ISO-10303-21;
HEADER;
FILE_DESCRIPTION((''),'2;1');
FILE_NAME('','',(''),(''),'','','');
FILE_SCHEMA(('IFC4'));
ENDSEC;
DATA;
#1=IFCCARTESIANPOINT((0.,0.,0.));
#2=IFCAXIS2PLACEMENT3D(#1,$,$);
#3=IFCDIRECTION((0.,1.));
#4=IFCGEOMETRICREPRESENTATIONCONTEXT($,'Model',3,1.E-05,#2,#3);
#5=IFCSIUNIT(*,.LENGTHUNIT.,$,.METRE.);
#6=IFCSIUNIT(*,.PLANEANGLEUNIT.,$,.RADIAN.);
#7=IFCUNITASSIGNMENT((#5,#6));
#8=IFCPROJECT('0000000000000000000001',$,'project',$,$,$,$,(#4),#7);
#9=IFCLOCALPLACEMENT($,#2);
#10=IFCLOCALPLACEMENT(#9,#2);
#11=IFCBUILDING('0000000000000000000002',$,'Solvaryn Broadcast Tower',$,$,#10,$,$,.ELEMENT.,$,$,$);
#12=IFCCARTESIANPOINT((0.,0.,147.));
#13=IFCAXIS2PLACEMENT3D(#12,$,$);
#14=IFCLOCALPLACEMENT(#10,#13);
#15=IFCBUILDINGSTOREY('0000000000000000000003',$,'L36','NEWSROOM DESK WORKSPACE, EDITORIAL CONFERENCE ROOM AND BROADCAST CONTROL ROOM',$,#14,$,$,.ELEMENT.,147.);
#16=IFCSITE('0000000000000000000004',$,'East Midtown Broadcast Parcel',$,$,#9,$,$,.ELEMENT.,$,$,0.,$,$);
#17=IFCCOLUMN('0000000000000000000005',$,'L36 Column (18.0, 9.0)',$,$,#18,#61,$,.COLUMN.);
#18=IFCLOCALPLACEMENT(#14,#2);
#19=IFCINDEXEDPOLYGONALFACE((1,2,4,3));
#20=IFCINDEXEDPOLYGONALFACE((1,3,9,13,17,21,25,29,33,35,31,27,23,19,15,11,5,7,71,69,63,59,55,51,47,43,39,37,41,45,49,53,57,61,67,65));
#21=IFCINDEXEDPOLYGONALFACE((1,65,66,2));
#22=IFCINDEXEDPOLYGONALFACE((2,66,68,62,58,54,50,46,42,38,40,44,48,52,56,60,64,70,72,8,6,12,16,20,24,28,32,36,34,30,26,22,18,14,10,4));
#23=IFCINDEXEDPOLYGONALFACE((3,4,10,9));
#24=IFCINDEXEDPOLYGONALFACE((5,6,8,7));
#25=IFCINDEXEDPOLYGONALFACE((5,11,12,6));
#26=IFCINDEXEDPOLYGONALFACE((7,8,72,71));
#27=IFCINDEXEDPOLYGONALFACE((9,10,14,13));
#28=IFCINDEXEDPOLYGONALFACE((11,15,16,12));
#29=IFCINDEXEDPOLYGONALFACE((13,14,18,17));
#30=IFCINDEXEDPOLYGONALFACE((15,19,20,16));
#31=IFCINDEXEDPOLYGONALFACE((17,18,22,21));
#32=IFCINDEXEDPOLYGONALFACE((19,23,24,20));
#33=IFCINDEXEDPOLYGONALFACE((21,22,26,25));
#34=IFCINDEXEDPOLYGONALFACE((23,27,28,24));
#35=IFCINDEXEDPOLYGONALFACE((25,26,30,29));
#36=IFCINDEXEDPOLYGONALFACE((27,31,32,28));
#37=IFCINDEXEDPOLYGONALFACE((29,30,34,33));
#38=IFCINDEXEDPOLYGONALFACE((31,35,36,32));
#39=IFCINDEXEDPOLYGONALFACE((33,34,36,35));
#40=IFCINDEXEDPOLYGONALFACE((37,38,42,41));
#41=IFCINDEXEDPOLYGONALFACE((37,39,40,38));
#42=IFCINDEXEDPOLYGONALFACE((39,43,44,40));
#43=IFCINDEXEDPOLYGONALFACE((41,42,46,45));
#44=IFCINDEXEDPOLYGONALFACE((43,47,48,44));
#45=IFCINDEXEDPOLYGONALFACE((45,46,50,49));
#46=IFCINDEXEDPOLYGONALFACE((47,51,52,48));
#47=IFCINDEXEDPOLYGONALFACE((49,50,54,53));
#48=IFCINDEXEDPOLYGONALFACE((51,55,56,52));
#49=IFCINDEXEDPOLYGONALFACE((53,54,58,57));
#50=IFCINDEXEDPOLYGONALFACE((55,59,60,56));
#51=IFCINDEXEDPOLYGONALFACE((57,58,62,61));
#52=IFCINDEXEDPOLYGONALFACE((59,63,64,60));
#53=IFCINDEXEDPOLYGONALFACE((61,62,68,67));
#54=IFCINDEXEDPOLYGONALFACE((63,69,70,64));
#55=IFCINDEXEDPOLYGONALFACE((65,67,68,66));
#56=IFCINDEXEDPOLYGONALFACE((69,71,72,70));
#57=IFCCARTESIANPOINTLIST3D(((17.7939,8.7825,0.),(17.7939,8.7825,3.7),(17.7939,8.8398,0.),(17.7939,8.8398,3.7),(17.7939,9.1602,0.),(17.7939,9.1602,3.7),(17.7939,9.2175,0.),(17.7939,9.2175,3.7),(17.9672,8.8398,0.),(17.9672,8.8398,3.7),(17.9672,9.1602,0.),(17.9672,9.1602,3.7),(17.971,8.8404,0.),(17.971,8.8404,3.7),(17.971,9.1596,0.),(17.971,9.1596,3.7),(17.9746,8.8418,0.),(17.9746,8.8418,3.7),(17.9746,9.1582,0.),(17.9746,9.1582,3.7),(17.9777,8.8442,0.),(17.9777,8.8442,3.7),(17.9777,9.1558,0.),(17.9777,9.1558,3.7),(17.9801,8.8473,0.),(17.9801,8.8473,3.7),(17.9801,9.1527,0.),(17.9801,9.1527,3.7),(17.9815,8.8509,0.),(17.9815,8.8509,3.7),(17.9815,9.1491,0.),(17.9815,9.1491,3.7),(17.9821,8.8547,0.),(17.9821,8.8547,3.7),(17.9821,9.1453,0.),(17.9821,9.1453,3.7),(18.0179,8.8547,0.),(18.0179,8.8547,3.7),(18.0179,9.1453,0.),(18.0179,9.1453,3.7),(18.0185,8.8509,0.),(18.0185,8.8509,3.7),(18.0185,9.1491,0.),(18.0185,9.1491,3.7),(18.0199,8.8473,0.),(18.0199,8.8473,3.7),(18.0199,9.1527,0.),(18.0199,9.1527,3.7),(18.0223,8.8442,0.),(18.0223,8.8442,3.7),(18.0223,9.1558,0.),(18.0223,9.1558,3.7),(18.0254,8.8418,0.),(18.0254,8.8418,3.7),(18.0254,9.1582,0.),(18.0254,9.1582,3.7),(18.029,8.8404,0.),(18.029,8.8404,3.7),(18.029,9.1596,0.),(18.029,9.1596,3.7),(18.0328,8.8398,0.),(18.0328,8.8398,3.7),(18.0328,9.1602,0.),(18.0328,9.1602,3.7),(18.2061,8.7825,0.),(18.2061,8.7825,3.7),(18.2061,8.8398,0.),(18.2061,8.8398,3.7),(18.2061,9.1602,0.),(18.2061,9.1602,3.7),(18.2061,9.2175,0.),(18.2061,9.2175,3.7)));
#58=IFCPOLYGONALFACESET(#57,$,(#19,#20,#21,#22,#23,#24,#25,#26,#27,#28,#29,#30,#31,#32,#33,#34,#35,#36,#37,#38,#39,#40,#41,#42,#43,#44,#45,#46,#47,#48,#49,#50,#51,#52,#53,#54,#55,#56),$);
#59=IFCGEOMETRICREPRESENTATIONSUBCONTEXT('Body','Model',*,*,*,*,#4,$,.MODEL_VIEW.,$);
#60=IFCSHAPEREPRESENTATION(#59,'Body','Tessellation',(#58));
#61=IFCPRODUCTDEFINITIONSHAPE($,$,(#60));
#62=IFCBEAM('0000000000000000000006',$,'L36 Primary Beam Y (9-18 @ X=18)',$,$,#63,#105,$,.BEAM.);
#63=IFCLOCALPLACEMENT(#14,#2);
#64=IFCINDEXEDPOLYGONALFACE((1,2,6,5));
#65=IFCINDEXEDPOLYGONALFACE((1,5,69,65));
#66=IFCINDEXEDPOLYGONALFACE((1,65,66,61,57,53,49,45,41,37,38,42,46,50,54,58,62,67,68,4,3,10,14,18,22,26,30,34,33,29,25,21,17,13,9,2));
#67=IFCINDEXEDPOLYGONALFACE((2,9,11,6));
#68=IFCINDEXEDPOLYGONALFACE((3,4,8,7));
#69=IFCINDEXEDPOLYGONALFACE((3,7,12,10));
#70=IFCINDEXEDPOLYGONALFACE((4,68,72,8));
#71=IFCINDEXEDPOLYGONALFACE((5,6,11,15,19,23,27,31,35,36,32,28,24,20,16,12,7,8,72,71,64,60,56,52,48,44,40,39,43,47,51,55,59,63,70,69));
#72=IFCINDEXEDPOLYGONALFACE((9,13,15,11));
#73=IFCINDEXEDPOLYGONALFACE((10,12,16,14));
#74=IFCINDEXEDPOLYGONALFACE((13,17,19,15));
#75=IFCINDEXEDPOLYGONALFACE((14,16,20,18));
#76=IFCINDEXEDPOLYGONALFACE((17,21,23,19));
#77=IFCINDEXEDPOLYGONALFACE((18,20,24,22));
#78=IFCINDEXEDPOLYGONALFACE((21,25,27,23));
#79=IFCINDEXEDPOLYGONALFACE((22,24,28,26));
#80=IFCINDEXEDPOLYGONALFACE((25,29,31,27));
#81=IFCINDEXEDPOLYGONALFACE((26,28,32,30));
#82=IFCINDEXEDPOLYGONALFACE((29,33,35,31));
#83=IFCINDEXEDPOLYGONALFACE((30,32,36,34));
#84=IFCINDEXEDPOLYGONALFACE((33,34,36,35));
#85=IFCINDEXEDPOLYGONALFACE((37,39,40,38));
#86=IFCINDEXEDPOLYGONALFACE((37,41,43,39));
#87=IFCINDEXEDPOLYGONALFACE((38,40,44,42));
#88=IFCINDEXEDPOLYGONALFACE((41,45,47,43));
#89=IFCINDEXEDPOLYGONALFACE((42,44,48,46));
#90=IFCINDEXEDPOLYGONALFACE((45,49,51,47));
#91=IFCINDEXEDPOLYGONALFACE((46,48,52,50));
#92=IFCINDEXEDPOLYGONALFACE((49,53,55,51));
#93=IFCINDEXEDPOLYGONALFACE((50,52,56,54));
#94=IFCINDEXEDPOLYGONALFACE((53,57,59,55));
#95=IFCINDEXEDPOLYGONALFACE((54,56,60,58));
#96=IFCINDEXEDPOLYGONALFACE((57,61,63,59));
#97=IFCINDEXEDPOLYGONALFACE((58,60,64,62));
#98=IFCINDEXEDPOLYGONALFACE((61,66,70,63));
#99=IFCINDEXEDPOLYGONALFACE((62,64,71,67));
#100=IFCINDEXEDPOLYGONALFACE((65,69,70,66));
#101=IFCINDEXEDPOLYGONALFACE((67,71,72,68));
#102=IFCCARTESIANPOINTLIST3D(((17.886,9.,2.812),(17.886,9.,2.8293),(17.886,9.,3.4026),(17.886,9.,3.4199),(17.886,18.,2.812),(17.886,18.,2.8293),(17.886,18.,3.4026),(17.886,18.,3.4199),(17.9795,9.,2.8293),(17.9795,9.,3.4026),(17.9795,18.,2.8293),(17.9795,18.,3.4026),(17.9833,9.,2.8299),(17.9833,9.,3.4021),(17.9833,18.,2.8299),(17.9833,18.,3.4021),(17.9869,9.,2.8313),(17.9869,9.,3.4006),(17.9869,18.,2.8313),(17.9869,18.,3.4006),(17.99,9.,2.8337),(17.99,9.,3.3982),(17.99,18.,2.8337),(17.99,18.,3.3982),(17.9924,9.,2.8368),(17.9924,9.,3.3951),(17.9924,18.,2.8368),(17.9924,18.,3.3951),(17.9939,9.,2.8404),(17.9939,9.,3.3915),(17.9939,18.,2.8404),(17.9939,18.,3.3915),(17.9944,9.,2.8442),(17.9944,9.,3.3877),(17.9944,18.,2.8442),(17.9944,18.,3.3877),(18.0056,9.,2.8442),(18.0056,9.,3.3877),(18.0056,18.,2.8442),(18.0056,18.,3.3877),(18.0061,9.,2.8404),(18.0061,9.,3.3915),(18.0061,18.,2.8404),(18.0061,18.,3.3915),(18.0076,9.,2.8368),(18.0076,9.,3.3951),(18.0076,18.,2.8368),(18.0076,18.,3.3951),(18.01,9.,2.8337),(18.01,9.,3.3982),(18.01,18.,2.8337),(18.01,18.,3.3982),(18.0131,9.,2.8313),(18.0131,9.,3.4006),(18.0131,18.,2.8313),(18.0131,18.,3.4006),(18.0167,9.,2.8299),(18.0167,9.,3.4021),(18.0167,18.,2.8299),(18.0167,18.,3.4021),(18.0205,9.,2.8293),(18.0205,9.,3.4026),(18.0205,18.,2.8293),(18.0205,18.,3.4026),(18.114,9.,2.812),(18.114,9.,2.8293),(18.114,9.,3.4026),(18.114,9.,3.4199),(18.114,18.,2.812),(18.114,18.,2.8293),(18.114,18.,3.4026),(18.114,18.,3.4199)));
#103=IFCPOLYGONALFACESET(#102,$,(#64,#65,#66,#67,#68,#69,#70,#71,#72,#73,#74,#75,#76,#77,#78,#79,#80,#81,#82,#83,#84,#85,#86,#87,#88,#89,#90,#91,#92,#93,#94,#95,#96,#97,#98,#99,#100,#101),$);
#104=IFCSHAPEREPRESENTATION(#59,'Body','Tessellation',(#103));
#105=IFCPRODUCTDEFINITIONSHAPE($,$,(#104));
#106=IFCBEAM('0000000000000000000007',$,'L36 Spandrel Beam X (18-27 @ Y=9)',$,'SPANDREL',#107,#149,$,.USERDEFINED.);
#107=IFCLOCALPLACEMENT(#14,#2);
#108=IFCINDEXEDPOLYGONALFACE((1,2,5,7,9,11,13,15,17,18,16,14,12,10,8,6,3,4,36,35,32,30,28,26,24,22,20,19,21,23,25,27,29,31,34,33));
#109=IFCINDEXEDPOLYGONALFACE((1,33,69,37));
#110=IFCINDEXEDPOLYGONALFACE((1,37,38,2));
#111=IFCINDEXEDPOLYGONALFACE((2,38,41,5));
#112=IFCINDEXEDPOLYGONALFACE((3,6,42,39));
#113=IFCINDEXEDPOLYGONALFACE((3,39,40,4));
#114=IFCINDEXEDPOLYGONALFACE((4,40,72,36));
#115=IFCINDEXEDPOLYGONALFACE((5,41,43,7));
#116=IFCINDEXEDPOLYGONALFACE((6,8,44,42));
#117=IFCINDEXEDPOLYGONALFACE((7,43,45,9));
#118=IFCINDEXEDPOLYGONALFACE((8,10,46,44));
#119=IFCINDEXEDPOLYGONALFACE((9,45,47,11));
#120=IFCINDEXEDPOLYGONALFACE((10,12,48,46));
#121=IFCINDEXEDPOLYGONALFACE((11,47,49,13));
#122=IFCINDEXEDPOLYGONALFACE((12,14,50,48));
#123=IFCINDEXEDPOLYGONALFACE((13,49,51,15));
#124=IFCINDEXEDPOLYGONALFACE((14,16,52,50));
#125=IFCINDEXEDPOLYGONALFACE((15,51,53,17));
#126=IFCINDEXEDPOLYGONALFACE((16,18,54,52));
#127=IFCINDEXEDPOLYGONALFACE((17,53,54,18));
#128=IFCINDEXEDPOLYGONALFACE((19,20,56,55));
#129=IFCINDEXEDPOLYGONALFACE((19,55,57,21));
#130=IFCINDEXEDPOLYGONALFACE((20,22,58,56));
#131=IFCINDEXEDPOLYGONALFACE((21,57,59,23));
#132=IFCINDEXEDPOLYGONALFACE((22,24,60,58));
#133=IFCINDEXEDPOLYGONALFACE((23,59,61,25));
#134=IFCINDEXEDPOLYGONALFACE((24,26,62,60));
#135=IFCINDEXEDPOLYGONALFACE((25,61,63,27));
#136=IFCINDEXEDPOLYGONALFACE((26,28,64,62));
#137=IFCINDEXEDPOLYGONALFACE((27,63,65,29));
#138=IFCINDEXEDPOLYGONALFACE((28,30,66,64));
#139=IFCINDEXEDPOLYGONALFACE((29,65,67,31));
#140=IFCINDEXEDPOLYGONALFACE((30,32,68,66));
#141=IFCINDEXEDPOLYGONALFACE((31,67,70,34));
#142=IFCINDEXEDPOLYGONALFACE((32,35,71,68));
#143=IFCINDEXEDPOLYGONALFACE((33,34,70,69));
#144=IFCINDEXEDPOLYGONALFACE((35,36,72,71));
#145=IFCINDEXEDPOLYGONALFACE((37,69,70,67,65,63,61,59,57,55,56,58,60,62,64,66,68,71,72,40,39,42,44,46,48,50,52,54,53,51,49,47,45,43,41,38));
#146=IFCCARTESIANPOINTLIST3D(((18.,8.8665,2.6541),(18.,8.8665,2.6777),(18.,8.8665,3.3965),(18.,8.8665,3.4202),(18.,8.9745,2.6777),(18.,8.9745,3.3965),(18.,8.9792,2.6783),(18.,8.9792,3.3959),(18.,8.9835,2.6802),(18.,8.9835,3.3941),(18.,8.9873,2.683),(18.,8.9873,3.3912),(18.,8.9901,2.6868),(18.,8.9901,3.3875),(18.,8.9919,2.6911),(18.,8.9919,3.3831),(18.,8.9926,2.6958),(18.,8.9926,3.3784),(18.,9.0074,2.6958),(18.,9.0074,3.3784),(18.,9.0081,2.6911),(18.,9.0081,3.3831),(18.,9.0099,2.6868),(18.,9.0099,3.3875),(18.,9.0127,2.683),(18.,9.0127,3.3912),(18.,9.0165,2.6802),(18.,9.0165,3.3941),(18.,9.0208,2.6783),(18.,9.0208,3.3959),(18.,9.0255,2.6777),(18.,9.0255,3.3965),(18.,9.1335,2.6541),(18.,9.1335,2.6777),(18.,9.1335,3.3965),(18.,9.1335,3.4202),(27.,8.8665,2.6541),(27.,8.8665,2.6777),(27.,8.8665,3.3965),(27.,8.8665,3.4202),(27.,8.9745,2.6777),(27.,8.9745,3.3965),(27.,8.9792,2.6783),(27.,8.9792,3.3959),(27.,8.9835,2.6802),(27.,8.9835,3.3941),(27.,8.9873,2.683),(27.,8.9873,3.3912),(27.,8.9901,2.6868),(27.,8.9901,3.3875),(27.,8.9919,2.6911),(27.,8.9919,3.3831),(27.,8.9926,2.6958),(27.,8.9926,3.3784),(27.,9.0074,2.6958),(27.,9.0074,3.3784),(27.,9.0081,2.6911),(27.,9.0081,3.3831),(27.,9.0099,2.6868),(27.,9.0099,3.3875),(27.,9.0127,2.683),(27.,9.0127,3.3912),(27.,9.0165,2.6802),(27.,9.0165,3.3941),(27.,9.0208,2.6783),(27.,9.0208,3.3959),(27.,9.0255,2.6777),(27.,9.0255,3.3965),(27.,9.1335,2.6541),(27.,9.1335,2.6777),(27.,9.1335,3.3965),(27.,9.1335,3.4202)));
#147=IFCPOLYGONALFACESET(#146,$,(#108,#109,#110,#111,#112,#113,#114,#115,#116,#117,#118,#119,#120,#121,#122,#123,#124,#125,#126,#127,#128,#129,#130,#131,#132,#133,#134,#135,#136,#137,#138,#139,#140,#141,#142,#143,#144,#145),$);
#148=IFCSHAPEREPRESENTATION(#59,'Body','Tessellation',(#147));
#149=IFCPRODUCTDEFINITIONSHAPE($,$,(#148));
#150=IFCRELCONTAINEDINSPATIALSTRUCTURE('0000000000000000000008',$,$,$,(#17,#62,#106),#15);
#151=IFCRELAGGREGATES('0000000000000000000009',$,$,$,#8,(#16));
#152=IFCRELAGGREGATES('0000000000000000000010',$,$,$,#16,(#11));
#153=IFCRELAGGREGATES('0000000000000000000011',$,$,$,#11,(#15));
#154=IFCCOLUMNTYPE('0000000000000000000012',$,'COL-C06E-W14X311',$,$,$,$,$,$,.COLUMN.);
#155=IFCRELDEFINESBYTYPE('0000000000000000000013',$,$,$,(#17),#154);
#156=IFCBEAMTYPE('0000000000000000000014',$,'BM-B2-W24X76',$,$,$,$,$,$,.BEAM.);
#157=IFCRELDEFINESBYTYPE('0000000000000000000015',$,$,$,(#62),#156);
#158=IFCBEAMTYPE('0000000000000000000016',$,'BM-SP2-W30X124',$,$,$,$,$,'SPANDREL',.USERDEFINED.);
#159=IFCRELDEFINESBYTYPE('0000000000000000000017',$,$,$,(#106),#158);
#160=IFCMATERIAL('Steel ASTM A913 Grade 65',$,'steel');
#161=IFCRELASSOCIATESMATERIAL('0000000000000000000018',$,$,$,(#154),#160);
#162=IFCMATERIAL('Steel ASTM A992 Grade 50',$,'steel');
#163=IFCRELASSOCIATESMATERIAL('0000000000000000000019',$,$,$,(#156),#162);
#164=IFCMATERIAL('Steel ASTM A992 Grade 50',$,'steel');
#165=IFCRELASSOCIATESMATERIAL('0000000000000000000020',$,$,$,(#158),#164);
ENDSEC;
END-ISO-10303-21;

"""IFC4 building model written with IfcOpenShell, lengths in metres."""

from ifc_helpers import new_model, si_unit, direction, frame, origin, origin_2d, place, context, subcontext, project, spatial, i_section, extrude, material, material_profile, profile_set, type_object, element, save


model = new_model("IFC4")

# Units and contexts
model_context = context("Model", 3, precision=1e-05, world=origin(), true_north=direction((0.0, 1.0)))
body_context = subcontext(model_context, "Body", "Model", "MODEL_VIEW")
ifc_project = project(units=[si_unit("LENGTHUNIT", "METRE"), si_unit("PLANEANGLEUNIT", "RADIAN")], contexts=[model_context])

# Site, building, storey
site_placement = place(None, origin())
site = spatial("IfcSite", under=ifc_project, at=site_placement, Name="East Midtown Broadcast Parcel", CompositionType="ELEMENT", RefElevation=0.0)
building_placement = place(site_placement, origin())
building = spatial("IfcBuilding", under=site, at=building_placement, Name="Solvaryn Broadcast Tower", CompositionType="ELEMENT")
storey_placement = place(building_placement, frame((0.0, 0.0, 147.0)))
storey = spatial("IfcBuildingStorey", under=building, at=storey_placement, Name="L36", Description="NEWSROOM DESK WORKSPACE, EDITORIAL CONFERENCE ROOM AND BROADCAST CONTROL ROOM", CompositionType="ELEMENT", Elevation=147.0)

# Column
ifc_material_1 = material(Name="Steel ASTM A913 Grade 65", Category="steel")
ifc_material_profile_1 = material_profile(ifc_material_1, i_section(OverallWidth=0.4121, OverallDepth=0.4351, WebThickness=0.0359, FlangeThickness=0.0574, FilletRadius=0.0149, at=origin_2d()))
ifc_profile_set_1 = profile_set([ifc_material_profile_1], Name="Steel ASTM A913 Grade 65")
column_type = type_object("IfcColumnType", Name="COL-C06E-W14X311", PredefinedType="COLUMN", material=ifc_profile_set_1)
column_placement = place(storey_placement, frame((18.0, 9.0, 0.0), z_axis=(0.0, 0.0, 1.0), x_axis=(1.0, 0.0, 0.0)))
element("IfcColumn", 1, at=column_placement, inside=storey, type_object=column_type, Name="L36 Column (18.0, 9.0)", PredefinedType="COLUMN", context=body_context, shape_type="SweptSolid", body=[
    extrude(i_section(OverallWidth=0.4121, OverallDepth=0.4351, WebThickness=0.0359, FlangeThickness=0.0574, FilletRadius=0.0149, at=origin_2d()), origin(), (0.0, 0.0, 1.0), 3.7),
])

# Beams
ifc_material_2 = material(Name="Steel ASTM A992 Grade 50", Category="steel")
ifc_material_profile_2 = material_profile(ifc_material_2, i_section(OverallWidth=0.228, OverallDepth=0.6079, WebThickness=0.0112, FlangeThickness=0.0173, FilletRadius=0.0149, at=origin_2d()))
ifc_profile_set_2 = profile_set([ifc_material_profile_2], Name="Steel ASTM A992 Grade 50")
beam_type_1 = type_object("IfcBeamType", Name="BM-B2-W24X76", PredefinedType="BEAM", material=ifc_profile_set_2)
beam_1_placement = place(storey_placement, frame((18.0, 9.0, 3.116), z_axis=(0.0, 1.0, 0.0), x_axis=(-1.0, 0.0, 0.0)))
element("IfcBeam", 2, at=beam_1_placement, inside=storey, type_object=beam_type_1, Name="L36 Primary Beam Y (9-18 @ X=18)", PredefinedType="BEAM", context=body_context, shape_type="SweptSolid", body=[
    extrude(i_section(OverallWidth=0.228, OverallDepth=0.6079, WebThickness=0.0112, FlangeThickness=0.0173, FilletRadius=0.0149, at=origin_2d()), origin(), (0.0, 0.0, 1.0), 9.0),
])
ifc_material_3 = material(Name="Steel ASTM A992 Grade 50", Category="steel")
ifc_material_profile_3 = material_profile(ifc_material_3, i_section(OverallWidth=0.2671, OverallDepth=0.7661, WebThickness=0.0149, FlangeThickness=0.0237, FilletRadius=0.0181, at=origin_2d()))
ifc_profile_set_3 = profile_set([ifc_material_profile_3], Name="Steel ASTM A992 Grade 50")
beam_type_2 = type_object("IfcBeamType", Name="BM-SP2-W30X124", ElementType="SPANDREL", PredefinedType="USERDEFINED", material=ifc_profile_set_3)
beam_2_placement = place(storey_placement, frame((18.0, 9.0, 3.0371), z_axis=(1.0, 0.0, 0.0), x_axis=(0.0, 1.0, 0.0)))
element("IfcBeam", 3, at=beam_2_placement, inside=storey, type_object=beam_type_2, Name="L36 Spandrel Beam X (18-27 @ Y=9)", ObjectType="SPANDREL", PredefinedType="USERDEFINED", context=body_context, shape_type="SweptSolid", body=[
    extrude(i_section(OverallWidth=0.2671, OverallDepth=0.7661, WebThickness=0.0149, FlangeThickness=0.0237, FilletRadius=0.0181, at=origin_2d()), origin(), (0.0, 0.0, 1.0), 9.0),
])

save(model, "model.ifc")
